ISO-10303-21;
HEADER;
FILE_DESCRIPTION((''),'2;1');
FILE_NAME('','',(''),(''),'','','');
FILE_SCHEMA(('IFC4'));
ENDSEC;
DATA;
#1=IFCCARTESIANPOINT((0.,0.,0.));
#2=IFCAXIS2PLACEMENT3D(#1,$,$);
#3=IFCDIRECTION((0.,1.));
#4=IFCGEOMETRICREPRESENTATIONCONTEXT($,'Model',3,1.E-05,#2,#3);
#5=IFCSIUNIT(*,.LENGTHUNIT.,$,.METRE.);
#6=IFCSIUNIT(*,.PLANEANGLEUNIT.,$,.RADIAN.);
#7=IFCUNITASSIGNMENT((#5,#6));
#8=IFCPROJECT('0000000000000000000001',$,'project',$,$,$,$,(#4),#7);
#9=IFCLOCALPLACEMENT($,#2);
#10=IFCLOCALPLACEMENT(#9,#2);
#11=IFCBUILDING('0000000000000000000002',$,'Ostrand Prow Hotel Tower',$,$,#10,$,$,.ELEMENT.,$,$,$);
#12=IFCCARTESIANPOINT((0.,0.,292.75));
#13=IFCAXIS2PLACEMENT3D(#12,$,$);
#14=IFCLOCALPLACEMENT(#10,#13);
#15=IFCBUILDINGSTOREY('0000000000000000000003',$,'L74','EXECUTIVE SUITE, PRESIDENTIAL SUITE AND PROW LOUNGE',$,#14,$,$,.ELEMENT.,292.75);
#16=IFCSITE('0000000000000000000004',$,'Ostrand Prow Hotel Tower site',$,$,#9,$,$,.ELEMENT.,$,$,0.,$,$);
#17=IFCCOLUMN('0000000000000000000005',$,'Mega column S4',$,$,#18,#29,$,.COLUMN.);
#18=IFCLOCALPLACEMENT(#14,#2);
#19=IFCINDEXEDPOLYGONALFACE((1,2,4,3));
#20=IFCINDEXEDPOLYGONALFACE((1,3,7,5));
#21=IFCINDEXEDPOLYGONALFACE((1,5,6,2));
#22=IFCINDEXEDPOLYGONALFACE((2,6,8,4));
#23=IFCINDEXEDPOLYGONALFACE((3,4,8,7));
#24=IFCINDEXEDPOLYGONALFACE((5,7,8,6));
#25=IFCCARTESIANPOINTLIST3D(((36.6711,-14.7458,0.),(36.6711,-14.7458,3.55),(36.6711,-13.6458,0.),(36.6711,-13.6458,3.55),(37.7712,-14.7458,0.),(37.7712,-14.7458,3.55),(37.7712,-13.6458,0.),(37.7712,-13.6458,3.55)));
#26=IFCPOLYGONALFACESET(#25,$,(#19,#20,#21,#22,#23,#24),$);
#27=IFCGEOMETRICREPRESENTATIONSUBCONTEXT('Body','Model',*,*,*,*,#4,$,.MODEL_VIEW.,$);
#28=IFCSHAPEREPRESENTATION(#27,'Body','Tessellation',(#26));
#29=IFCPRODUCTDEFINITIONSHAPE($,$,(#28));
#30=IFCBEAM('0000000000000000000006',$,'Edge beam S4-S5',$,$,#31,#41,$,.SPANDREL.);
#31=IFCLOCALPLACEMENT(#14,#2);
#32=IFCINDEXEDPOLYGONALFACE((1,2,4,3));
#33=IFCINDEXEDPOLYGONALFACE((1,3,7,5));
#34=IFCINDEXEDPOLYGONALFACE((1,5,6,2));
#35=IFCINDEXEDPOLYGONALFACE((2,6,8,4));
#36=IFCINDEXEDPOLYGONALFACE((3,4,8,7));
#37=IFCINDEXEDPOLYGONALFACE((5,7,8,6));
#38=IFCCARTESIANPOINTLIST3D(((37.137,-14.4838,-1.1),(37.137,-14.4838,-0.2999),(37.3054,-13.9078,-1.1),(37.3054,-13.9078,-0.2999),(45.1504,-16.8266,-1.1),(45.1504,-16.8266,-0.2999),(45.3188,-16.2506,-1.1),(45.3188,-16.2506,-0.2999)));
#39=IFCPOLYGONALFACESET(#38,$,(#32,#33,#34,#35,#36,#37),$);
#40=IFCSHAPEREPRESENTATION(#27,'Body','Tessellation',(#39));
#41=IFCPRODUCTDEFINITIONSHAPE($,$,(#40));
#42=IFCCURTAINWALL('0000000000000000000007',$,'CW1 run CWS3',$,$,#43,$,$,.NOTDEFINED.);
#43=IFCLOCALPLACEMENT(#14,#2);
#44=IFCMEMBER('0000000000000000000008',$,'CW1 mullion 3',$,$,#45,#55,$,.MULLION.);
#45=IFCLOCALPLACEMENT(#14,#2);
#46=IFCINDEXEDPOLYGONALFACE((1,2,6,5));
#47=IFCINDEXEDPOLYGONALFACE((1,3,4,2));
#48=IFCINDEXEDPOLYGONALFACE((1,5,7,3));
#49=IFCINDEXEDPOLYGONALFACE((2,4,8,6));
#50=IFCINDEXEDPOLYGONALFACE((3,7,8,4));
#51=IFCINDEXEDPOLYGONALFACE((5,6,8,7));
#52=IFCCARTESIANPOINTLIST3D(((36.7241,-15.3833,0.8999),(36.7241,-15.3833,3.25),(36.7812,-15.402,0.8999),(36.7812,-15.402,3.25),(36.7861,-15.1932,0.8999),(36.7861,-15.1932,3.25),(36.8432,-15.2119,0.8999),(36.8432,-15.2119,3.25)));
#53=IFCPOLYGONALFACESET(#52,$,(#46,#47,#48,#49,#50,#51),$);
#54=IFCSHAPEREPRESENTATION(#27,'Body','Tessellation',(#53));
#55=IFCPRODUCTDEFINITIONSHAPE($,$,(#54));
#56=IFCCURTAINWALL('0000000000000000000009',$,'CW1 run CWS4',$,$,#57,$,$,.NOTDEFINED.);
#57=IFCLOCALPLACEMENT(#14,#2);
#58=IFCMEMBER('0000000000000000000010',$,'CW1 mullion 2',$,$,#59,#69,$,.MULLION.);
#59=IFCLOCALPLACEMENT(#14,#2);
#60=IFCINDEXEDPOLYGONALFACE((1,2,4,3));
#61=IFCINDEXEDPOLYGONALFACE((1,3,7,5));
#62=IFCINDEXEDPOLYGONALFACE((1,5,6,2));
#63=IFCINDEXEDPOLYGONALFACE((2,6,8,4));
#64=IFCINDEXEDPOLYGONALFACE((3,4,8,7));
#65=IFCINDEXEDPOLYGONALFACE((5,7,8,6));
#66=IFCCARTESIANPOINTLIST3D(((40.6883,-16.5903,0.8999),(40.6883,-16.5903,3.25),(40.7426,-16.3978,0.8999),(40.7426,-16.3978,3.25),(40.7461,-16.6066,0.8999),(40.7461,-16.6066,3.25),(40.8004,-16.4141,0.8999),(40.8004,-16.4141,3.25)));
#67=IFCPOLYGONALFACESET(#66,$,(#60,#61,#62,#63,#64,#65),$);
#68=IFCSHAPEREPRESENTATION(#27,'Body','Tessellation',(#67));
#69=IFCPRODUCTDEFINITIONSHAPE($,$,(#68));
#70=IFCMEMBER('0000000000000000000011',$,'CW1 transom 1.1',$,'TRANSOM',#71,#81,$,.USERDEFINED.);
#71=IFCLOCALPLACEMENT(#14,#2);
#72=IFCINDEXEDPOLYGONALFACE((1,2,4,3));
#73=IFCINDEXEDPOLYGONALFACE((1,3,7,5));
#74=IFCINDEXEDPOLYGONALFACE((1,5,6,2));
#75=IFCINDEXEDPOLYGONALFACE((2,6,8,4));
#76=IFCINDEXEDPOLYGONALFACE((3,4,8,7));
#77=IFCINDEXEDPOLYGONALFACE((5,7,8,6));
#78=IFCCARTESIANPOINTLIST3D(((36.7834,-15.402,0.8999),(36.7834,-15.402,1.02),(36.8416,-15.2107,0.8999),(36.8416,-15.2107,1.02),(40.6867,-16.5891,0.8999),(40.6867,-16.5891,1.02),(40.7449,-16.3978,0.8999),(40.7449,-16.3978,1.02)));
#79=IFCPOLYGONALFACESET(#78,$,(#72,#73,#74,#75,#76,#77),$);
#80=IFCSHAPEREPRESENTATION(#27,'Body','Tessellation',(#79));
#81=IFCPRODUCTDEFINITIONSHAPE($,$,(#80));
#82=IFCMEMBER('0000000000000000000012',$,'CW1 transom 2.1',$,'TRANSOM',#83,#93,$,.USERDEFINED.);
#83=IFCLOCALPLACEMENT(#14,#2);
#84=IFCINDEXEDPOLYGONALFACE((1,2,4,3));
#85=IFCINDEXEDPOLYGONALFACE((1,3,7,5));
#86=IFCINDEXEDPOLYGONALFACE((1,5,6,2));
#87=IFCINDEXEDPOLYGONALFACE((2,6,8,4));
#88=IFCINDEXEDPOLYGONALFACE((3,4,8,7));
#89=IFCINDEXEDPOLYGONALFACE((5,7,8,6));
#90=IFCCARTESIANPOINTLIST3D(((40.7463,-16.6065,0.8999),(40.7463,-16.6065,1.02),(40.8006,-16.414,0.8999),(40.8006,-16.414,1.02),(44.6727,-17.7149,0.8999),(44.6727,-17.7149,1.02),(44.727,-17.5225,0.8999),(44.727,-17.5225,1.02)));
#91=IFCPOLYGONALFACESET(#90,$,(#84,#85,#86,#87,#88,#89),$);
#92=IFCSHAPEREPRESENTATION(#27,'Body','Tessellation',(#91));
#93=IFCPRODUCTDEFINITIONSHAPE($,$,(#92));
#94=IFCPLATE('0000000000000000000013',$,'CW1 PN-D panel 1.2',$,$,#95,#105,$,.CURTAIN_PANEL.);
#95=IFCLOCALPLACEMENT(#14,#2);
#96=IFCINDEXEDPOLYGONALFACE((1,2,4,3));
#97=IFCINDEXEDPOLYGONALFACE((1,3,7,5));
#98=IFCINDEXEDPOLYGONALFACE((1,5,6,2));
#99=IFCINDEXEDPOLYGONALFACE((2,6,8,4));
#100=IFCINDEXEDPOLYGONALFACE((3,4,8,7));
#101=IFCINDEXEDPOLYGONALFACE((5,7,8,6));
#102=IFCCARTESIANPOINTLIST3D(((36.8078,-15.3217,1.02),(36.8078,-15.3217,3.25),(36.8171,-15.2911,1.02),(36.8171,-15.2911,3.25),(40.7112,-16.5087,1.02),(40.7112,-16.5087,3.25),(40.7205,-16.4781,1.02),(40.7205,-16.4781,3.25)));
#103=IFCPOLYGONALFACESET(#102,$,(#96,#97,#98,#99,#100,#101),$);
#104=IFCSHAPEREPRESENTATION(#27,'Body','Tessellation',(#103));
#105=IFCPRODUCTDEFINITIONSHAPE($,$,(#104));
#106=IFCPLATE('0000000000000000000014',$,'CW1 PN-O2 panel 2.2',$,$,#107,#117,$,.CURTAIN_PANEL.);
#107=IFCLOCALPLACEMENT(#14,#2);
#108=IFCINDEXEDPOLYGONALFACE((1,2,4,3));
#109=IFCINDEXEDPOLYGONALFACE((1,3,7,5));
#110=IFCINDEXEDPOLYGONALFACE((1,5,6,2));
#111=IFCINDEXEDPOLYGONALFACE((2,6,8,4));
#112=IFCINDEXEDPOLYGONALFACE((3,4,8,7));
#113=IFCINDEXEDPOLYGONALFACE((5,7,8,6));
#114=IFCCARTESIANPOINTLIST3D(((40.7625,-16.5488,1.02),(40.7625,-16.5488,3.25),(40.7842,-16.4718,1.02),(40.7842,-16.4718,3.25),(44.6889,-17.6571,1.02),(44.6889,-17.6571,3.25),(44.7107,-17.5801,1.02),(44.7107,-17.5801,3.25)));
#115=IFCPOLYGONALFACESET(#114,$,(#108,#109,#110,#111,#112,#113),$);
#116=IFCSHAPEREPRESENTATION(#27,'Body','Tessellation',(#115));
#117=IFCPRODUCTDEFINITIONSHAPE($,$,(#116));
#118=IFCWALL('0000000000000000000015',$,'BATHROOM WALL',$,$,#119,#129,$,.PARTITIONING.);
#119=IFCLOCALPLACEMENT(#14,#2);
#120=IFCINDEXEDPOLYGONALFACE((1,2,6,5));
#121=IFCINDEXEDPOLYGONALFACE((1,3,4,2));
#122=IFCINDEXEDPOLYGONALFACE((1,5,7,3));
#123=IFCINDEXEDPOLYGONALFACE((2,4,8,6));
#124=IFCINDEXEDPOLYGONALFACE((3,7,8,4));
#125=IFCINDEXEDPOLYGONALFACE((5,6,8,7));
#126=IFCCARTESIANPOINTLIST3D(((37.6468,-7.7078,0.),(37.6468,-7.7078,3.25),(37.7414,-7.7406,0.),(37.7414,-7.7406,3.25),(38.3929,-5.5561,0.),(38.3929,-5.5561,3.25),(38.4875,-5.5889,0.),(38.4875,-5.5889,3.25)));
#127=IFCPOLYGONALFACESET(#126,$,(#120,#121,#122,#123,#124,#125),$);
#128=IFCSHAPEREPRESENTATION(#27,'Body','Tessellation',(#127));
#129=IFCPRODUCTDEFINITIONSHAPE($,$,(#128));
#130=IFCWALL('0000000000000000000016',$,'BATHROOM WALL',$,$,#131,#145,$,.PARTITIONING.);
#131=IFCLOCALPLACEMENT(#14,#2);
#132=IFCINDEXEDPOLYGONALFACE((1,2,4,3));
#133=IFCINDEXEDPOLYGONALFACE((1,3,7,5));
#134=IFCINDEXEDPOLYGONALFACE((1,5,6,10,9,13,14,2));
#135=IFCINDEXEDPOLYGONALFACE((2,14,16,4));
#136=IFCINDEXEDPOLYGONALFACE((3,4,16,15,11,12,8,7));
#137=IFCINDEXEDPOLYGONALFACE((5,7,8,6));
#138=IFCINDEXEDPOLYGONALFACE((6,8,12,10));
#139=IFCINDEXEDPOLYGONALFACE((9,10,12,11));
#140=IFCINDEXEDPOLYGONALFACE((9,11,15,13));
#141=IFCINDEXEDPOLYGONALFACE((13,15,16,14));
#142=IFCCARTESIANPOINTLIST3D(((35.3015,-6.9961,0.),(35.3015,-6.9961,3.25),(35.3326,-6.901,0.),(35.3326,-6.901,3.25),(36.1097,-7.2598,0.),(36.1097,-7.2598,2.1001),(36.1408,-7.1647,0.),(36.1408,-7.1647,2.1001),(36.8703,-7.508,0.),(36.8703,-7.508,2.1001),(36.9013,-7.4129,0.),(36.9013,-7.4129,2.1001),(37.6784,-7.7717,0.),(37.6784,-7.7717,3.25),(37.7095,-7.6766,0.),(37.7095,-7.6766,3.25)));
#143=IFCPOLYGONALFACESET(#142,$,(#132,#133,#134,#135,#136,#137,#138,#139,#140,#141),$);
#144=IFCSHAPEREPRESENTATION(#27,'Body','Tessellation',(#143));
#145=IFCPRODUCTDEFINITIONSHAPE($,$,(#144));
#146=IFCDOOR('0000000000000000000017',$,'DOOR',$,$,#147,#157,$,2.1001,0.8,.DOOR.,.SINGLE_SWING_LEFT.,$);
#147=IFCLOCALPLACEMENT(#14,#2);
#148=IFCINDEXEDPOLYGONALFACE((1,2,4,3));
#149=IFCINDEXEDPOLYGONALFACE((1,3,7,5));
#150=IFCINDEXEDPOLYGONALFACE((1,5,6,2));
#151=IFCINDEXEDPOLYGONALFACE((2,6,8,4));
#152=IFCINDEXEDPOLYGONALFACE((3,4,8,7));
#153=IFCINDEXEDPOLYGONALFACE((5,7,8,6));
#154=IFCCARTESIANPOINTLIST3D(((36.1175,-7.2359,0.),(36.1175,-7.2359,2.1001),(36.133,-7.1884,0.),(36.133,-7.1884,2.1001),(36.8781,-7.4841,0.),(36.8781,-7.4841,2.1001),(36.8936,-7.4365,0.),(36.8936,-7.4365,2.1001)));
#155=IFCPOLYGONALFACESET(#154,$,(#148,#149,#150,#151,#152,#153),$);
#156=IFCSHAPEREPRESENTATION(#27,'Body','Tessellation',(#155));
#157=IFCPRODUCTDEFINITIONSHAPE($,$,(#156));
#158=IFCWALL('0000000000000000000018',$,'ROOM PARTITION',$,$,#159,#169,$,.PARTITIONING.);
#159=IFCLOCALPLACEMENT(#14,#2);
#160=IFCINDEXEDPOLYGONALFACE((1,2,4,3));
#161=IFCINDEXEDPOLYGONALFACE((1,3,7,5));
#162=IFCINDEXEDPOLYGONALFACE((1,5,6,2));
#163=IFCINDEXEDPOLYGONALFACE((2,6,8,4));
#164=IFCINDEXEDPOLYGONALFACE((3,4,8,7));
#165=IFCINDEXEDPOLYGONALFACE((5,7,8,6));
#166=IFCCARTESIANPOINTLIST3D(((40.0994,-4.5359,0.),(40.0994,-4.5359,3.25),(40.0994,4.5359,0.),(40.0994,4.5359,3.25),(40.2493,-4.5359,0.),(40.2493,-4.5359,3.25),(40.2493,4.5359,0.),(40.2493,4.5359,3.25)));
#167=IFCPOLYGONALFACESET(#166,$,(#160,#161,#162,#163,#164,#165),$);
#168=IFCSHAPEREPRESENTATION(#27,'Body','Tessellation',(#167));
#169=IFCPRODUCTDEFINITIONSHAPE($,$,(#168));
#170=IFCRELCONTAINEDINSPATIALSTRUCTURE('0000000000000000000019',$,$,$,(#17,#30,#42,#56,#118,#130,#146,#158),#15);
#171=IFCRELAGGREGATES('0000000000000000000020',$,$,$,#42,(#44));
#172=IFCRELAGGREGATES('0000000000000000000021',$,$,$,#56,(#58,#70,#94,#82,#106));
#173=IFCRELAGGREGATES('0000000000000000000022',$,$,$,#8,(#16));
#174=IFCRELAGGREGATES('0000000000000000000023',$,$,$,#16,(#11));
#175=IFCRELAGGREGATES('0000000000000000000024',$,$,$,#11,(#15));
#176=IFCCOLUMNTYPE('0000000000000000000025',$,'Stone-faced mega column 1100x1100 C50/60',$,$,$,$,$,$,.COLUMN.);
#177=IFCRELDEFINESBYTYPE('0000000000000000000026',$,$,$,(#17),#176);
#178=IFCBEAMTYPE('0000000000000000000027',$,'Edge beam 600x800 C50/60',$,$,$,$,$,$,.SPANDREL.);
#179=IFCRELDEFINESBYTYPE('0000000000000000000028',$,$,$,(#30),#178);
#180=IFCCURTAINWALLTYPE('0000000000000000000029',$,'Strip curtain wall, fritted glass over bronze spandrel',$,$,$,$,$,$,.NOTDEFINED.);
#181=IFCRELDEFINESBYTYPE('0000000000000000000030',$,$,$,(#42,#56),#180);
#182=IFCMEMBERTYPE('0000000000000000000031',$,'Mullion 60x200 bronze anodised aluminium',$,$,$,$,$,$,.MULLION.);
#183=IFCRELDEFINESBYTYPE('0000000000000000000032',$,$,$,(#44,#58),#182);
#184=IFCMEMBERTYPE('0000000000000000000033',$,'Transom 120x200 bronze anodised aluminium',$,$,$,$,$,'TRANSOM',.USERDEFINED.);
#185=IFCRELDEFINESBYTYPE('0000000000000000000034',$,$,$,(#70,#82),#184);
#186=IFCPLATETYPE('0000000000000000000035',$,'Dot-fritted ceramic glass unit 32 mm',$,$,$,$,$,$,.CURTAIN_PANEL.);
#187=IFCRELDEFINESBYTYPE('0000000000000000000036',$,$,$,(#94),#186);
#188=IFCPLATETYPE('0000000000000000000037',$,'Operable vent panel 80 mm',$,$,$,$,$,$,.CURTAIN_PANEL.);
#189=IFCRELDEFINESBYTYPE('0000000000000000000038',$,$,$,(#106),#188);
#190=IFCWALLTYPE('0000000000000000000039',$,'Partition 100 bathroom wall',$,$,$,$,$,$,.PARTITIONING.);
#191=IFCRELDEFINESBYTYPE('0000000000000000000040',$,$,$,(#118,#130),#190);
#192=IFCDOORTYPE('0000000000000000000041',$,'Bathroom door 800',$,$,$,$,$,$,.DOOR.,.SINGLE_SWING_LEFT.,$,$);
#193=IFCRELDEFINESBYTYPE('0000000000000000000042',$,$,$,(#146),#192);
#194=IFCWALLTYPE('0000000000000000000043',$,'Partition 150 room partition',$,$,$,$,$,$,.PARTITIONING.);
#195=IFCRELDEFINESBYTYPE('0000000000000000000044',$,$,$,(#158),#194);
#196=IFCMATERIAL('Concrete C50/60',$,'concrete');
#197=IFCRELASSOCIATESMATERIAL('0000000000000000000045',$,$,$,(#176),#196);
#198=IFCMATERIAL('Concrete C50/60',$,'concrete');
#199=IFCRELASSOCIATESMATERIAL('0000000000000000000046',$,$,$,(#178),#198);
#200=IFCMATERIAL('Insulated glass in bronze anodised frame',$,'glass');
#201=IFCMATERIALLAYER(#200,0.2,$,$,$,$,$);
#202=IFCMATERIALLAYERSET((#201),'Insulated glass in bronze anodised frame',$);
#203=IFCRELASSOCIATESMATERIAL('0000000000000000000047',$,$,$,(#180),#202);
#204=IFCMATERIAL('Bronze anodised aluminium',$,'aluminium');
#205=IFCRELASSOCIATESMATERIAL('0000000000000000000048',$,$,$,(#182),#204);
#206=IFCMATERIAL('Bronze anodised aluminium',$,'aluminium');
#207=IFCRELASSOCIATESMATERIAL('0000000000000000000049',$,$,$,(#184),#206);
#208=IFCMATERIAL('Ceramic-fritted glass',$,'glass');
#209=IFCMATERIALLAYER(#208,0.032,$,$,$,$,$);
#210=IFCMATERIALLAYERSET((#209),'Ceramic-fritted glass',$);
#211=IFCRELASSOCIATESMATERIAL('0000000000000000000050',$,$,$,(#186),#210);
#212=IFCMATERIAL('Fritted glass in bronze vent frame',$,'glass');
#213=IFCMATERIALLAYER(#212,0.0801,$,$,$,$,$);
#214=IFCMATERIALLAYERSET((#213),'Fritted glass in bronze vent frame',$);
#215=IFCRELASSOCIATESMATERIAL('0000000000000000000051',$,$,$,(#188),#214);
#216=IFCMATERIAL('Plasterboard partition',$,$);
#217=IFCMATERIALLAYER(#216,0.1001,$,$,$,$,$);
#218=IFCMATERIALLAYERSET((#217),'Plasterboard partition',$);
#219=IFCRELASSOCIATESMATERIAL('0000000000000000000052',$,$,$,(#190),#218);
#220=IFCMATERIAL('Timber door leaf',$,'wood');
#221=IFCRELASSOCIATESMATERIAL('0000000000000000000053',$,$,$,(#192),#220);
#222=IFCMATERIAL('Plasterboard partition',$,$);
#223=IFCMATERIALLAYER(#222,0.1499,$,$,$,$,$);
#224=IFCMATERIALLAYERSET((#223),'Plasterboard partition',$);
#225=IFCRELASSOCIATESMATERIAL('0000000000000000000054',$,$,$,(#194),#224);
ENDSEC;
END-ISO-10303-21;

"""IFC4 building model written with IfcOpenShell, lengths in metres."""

from ifc_helpers import new_model, si_unit, direction, frame, frame_2d, origin, origin_2d, place, context, subcontext, project, spatial, rectangle, extrude, material, layer, layer_set, material_profile, profile_set, type_object, element, fill, aggregate, save


model = new_model("IFC4")

# Units and contexts
model_context = context("Model", 3, precision=1e-05, world=origin(), true_north=direction((0.0, 1.0)))
body_context = subcontext(model_context, "Body", "Model", "MODEL_VIEW")
ifc_project = project(units=[si_unit("LENGTHUNIT", "METRE"), si_unit("PLANEANGLEUNIT", "RADIAN")], contexts=[model_context])

# Site, building, storey
site_placement = place(None, origin())
site = spatial("IfcSite", under=ifc_project, at=site_placement, Name="Ostrand Prow Hotel Tower site", CompositionType="ELEMENT", RefElevation=0.0)
building_placement = place(site_placement, origin())
building = spatial("IfcBuilding", under=site, at=building_placement, Name="Ostrand Prow Hotel Tower", CompositionType="ELEMENT")
storey_placement = place(building_placement, frame((0.0, 0.0, 292.75)))
storey = spatial("IfcBuildingStorey", under=building, at=storey_placement, Name="L74", Description="EXECUTIVE SUITE, PRESIDENTIAL SUITE AND PROW LOUNGE", CompositionType="ELEMENT", Elevation=292.75)

# Column
ifc_material_1 = material(Name="Concrete C50/60", Category="concrete")
ifc_material_profile_1 = material_profile(ifc_material_1, rectangle(XDim=1.1001, YDim=1.1001, at=origin_2d()), Name="RC 1100x1100")
ifc_profile_set_1 = profile_set([ifc_material_profile_1], Name="Concrete C50/60")
column_type = type_object("IfcColumnType", Name="Stone-faced mega column 1100x1100 C50/60", PredefinedType="COLUMN", material=ifc_profile_set_1)
column_placement = place(storey_placement, frame((37.2212, -14.1958, 0.0), z_axis=(0.0, 0.0, 1.0), x_axis=(1.0, 0.0, 0.0)))
element("IfcColumn", 1, at=column_placement, inside=storey, type_object=column_type, Name="Mega column S4", PredefinedType="COLUMN", context=body_context, shape_type="SweptSolid", body=[
    extrude(rectangle(XDim=1.1001, YDim=1.1001, at=origin_2d()), origin(), (0.0, 0.0, 1.0), 3.55),
])

# Beam
ifc_material_2 = material(Name="Concrete C50/60", Category="concrete")
ifc_material_profile_2 = material_profile(ifc_material_2, rectangle(XDim=0.6001, YDim=0.8, at=origin_2d()), Name="RC 600x800")
ifc_profile_set_2 = profile_set([ifc_material_profile_2], Name="Concrete C50/60")
beam_type = type_object("IfcBeamType", Name="Edge beam 600x800 C50/60", PredefinedType="SPANDREL", material=ifc_profile_set_2)
beam_placement = place(storey_placement, frame((37.2212, -14.1958, -0.7), z_axis=(0.959822, -0.28061, 0.0), x_axis=(0.28061, 0.959822, 0.0)))
element("IfcBeam", 2, at=beam_placement, inside=storey, type_object=beam_type, Name="Edge beam S4-S5", PredefinedType="SPANDREL", context=body_context, shape_type="SweptSolid", body=[
    extrude(rectangle(XDim=0.6001, YDim=0.8, at=origin_2d()), origin(), (0.0, 0.0, 1.0), 8.3489),
])

# Curtain wall, member
ifc_material_3 = material(Name="Insulated glass in bronze anodised frame", Category="glass")
ifc_layer_1 = layer(ifc_material_3, 0.2)
ifc_layer_set_1 = layer_set([ifc_layer_1], Name="Insulated glass in bronze anodised frame")
curtain_wall_type = type_object("IfcCurtainWallType", Name="Strip curtain wall, fritted glass over bronze spandrel", PredefinedType="NOTDEFINED", material=ifc_layer_set_1)
curtain_wall_1_placement = place(storey_placement, origin())
curtain_wall_1 = element("IfcCurtainWall", 3, at=curtain_wall_1_placement, inside=storey, type_object=curtain_wall_type, Name="CW1 run CWS3", PredefinedType="NOTDEFINED")
ifc_material_4 = material(Name="Bronze anodised aluminium", Category="aluminium")
ifc_material_profile_3 = material_profile(ifc_material_4, rectangle(XDim=0.2, YDim=0.0601, at=origin_2d()), Name="Mullion 60x200 bronze anodised aluminium")
ifc_profile_set_3 = profile_set([ifc_material_profile_3], Name="Bronze anodised aluminium")
member_type_1 = type_object("IfcMemberType", Name="Mullion 60x200 bronze anodised aluminium", PredefinedType="MULLION", material=ifc_profile_set_3)
member_1_placement = place(storey_placement, frame((36.7837, -15.2976, 0.8999), z_axis=(0.0, 0.0, 1.0), x_axis=(0.310111, 0.9507, 0.0)))
member_1 = element("IfcMember", 4, at=member_1_placement, type_object=member_type_1, Name="CW1 mullion 3", PredefinedType="MULLION", context=body_context, shape_type="SweptSolid", body=[
    extrude(rectangle(XDim=0.2, YDim=0.0601, at=origin_2d()), origin(), (0.0, 0.0, 1.0), 2.3501),
])
aggregate(curtain_wall_1, [member_1])

# Curtain wall, members, plates
curtain_wall_2_placement = place(storey_placement, origin())
curtain_wall_2 = element("IfcCurtainWall", 5, at=curtain_wall_2_placement, inside=storey, type_object=curtain_wall_type, Name="CW1 run CWS4", PredefinedType="NOTDEFINED")
member_2_placement = place(storey_placement, frame((40.7444, -16.5022, 0.8999), z_axis=(0.0, 0.0, 1.0), x_axis=(0.271649, 0.962396, 0.0)))
member_2 = element("IfcMember", 6, at=member_2_placement, type_object=member_type_1, Name="CW1 mullion 2", PredefinedType="MULLION", context=body_context, shape_type="SweptSolid", body=[
    extrude(rectangle(XDim=0.2, YDim=0.0601, at=origin_2d()), origin(), (0.0, 0.0, 1.0), 2.3501),
])
ifc_material_5 = material(Name="Bronze anodised aluminium", Category="aluminium")
ifc_material_profile_4 = material_profile(ifc_material_5, rectangle(XDim=0.2, YDim=0.1201, at=origin_2d()), Name="Transom 120x200 bronze anodised aluminium")
ifc_profile_set_4 = profile_set([ifc_material_profile_4], Name="Bronze anodised aluminium")
member_type_2 = type_object("IfcMemberType", Name="Transom 120x200 bronze anodised aluminium", ElementType="TRANSOM", PredefinedType="USERDEFINED", material=ifc_profile_set_4)
member_3_placement = place(storey_placement, frame((36.8125, -15.3064, 0.96), z_axis=(0.956739, -0.290947, 0.0), x_axis=(0.290947, 0.956739, 0.0)))
member_3 = element("IfcMember", 7, at=member_3_placement, type_object=member_type_2, Name="CW1 transom 1.1", ObjectType="TRANSOM", PredefinedType="USERDEFINED", context=body_context, shape_type="SweptSolid", body=[
    extrude(rectangle(XDim=0.2, YDim=0.1201, at=origin_2d()), origin(), (0.0, 0.0, 1.0), 4.0798),
])
member_4_placement = place(storey_placement, frame((40.7734, -16.5103, 0.96), z_axis=(0.962386, -0.271685, 0.0), x_axis=(0.271685, 0.962386, 0.0)))
member_4 = element("IfcMember", 8, at=member_4_placement, type_object=member_type_2, Name="CW1 transom 2.1", ObjectType="TRANSOM", PredefinedType="USERDEFINED", context=body_context, shape_type="SweptSolid", body=[
    extrude(rectangle(XDim=0.2, YDim=0.1201, at=origin_2d()), origin(), (0.0, 0.0, 1.0), 4.0798),
])
ifc_material_6 = material(Name="Ceramic-fritted glass", Category="glass")
ifc_layer_2 = layer(ifc_material_6, 0.032)
ifc_layer_set_2 = layer_set([ifc_layer_2], Name="Ceramic-fritted glass")
plate_type_1 = type_object("IfcPlateType", Name="Dot-fritted ceramic glass unit 32 mm", PredefinedType="CURTAIN_PANEL", material=ifc_layer_set_2)
plate_1_placement = place(storey_placement, frame((38.7642, -15.8999, 1.02), z_axis=(0.0, 0.0, 1.0), x_axis=(0.956742, -0.290938, 0.0)))
plate_1 = element("IfcPlate", 9, at=plate_1_placement, type_object=plate_type_1, Name="CW1 PN-D panel 1.2", PredefinedType="CURTAIN_PANEL", context=body_context, shape_type="SweptSolid", body=[
    extrude(rectangle(XDim=4.0798, YDim=0.032, at=origin_2d()), origin(), (0.0, 0.0, 1.0), 2.23),
])
ifc_material_7 = material(Name="Fritted glass in bronze vent frame", Category="glass")
ifc_layer_3 = layer(ifc_material_7, 0.0801)
ifc_layer_set_3 = layer_set([ifc_layer_3], Name="Fritted glass in bronze vent frame")
plate_type_2 = type_object("IfcPlateType", Name="Operable vent panel 80 mm", PredefinedType="CURTAIN_PANEL", material=ifc_layer_set_3)
plate_2_placement = place(storey_placement, frame((42.7366, -17.0645, 1.02), z_axis=(0.0, 0.0, 1.0), x_axis=(0.962396, -0.271649, 0.0)))
plate_2 = element("IfcPlate", 10, at=plate_2_placement, type_object=plate_type_2, Name="CW1 PN-O2 panel 2.2", PredefinedType="CURTAIN_PANEL", context=body_context, shape_type="SweptSolid", body=[
    extrude(rectangle(XDim=4.0798, YDim=0.0801, at=origin_2d()), origin(), (0.0, 0.0, 1.0), 2.23),
])
aggregate(curtain_wall_2, [member_2, member_3, plate_1, member_4, plate_2])

# Wall
ifc_material_8 = material(Name="Plasterboard partition")
ifc_layer_4 = layer(ifc_material_8, 0.1001)
ifc_layer_set_4 = layer_set([ifc_layer_4], Name="Plasterboard partition")
wall_type_1 = type_object("IfcWallType", Name="Partition 100 bathroom wall", PredefinedType="PARTITIONING", material=ifc_layer_set_4)
wall_1_placement = place(storey_placement, frame((38.4402, -5.5725, 0.0), z_axis=(0.0, 0.0, 1.0), x_axis=(-0.327622, -0.944809, 0.0)))
element("IfcWall", 11, at=wall_1_placement, inside=storey, type_object=wall_type_1, Name="BATHROOM WALL", PredefinedType="PARTITIONING", context=body_context, shape_type="SweptSolid", body=[
    extrude(rectangle(XDim=2.2773, YDim=0.1001, at=frame_2d((1.1387, 0.0))), origin(), (0.0, 0.0, 1.0), 3.25),
])

# Wall, opening, door
wall_2_placement = place(storey_placement, frame((37.6938, -7.7241, 0.0), z_axis=(0.0, 0.0, 1.0), x_axis=(-0.950666, 0.310216, 0.0)))
wall_2 = element("IfcWall", 12, at=wall_2_placement, inside=storey, type_object=wall_type_1, Name="BATHROOM WALL", PredefinedType="PARTITIONING", context=body_context, shape_type="SweptSolid", body=[
    extrude(rectangle(XDim=2.5002, YDim=0.1001, at=frame_2d((1.25, 0.0))), origin(), (0.0, 0.0, 1.0), 3.25),
])
opening_1_placement = place(wall_2_placement, frame((0.8501, 0.0, 0.0)))
opening_1 = element("IfcOpeningElement", 13, at=opening_1_placement, cuts=wall_2, PredefinedType="OPENING", context=body_context, shape_type="SweptSolid", body=[
    extrude(rectangle(XDim=0.8, YDim=2.1001, at=frame_2d((0.3999, 1.05))), frame((0.0, 0.0601, 0.0), z_axis=(0.0, -1.0, 0.0), x_axis=(1.0, 0.0, 0.0)), (0.0, 0.0, 1.0), 0.1201),
])
ifc_material_9 = material(Name="Timber door leaf", Category="wood")
door_type_1 = type_object("IfcDoorType", Name="Bathroom door 800", OperationType="SINGLE_SWING_LEFT", PredefinedType="DOOR", material=ifc_material_9)
door_1_placement = place(opening_1_placement, origin())
door_1 = element("IfcDoor", 14, at=door_1_placement, inside=storey, type_object=door_type_1, Name="DOOR", OperationType="SINGLE_SWING_LEFT", OverallHeight=2.1001, OverallWidth=0.8, PredefinedType="DOOR", context=body_context, shape_type="SweptSolid", body=[
    extrude(rectangle(XDim=0.8, YDim=2.1001, at=frame_2d((0.3999, 1.05))), frame((0.0, 0.0249, 0.0), z_axis=(0.0, -1.0, 0.0), x_axis=(1.0, 0.0, 0.0)), (0.0, 0.0, 1.0), 0.05),
])
fill(opening_1, door_1)

# Wall
ifc_material_10 = material(Name="Plasterboard partition")
ifc_layer_5 = layer(ifc_material_10, 0.1499)
ifc_layer_set_5 = layer_set([ifc_layer_5], Name="Plasterboard partition")
wall_type_2 = type_object("IfcWallType", Name="Partition 150 room partition", PredefinedType="PARTITIONING", material=ifc_layer_set_5)
wall_3_placement = place(storey_placement, frame((40.1743, -4.5359, 0.0), z_axis=(0.0, 0.0, 1.0), x_axis=(0.0, 1.0, 0.0)))
element("IfcWall", 15, at=wall_3_placement, inside=storey, type_object=wall_type_2, Name="ROOM PARTITION", PredefinedType="PARTITIONING", context=body_context, shape_type="SweptSolid", body=[
    extrude(rectangle(XDim=9.0718, YDim=0.1499, at=frame_2d((4.5359, 0.0))), origin(), (0.0, 0.0, 1.0), 3.25),
])

save(model, "model.ifc")
